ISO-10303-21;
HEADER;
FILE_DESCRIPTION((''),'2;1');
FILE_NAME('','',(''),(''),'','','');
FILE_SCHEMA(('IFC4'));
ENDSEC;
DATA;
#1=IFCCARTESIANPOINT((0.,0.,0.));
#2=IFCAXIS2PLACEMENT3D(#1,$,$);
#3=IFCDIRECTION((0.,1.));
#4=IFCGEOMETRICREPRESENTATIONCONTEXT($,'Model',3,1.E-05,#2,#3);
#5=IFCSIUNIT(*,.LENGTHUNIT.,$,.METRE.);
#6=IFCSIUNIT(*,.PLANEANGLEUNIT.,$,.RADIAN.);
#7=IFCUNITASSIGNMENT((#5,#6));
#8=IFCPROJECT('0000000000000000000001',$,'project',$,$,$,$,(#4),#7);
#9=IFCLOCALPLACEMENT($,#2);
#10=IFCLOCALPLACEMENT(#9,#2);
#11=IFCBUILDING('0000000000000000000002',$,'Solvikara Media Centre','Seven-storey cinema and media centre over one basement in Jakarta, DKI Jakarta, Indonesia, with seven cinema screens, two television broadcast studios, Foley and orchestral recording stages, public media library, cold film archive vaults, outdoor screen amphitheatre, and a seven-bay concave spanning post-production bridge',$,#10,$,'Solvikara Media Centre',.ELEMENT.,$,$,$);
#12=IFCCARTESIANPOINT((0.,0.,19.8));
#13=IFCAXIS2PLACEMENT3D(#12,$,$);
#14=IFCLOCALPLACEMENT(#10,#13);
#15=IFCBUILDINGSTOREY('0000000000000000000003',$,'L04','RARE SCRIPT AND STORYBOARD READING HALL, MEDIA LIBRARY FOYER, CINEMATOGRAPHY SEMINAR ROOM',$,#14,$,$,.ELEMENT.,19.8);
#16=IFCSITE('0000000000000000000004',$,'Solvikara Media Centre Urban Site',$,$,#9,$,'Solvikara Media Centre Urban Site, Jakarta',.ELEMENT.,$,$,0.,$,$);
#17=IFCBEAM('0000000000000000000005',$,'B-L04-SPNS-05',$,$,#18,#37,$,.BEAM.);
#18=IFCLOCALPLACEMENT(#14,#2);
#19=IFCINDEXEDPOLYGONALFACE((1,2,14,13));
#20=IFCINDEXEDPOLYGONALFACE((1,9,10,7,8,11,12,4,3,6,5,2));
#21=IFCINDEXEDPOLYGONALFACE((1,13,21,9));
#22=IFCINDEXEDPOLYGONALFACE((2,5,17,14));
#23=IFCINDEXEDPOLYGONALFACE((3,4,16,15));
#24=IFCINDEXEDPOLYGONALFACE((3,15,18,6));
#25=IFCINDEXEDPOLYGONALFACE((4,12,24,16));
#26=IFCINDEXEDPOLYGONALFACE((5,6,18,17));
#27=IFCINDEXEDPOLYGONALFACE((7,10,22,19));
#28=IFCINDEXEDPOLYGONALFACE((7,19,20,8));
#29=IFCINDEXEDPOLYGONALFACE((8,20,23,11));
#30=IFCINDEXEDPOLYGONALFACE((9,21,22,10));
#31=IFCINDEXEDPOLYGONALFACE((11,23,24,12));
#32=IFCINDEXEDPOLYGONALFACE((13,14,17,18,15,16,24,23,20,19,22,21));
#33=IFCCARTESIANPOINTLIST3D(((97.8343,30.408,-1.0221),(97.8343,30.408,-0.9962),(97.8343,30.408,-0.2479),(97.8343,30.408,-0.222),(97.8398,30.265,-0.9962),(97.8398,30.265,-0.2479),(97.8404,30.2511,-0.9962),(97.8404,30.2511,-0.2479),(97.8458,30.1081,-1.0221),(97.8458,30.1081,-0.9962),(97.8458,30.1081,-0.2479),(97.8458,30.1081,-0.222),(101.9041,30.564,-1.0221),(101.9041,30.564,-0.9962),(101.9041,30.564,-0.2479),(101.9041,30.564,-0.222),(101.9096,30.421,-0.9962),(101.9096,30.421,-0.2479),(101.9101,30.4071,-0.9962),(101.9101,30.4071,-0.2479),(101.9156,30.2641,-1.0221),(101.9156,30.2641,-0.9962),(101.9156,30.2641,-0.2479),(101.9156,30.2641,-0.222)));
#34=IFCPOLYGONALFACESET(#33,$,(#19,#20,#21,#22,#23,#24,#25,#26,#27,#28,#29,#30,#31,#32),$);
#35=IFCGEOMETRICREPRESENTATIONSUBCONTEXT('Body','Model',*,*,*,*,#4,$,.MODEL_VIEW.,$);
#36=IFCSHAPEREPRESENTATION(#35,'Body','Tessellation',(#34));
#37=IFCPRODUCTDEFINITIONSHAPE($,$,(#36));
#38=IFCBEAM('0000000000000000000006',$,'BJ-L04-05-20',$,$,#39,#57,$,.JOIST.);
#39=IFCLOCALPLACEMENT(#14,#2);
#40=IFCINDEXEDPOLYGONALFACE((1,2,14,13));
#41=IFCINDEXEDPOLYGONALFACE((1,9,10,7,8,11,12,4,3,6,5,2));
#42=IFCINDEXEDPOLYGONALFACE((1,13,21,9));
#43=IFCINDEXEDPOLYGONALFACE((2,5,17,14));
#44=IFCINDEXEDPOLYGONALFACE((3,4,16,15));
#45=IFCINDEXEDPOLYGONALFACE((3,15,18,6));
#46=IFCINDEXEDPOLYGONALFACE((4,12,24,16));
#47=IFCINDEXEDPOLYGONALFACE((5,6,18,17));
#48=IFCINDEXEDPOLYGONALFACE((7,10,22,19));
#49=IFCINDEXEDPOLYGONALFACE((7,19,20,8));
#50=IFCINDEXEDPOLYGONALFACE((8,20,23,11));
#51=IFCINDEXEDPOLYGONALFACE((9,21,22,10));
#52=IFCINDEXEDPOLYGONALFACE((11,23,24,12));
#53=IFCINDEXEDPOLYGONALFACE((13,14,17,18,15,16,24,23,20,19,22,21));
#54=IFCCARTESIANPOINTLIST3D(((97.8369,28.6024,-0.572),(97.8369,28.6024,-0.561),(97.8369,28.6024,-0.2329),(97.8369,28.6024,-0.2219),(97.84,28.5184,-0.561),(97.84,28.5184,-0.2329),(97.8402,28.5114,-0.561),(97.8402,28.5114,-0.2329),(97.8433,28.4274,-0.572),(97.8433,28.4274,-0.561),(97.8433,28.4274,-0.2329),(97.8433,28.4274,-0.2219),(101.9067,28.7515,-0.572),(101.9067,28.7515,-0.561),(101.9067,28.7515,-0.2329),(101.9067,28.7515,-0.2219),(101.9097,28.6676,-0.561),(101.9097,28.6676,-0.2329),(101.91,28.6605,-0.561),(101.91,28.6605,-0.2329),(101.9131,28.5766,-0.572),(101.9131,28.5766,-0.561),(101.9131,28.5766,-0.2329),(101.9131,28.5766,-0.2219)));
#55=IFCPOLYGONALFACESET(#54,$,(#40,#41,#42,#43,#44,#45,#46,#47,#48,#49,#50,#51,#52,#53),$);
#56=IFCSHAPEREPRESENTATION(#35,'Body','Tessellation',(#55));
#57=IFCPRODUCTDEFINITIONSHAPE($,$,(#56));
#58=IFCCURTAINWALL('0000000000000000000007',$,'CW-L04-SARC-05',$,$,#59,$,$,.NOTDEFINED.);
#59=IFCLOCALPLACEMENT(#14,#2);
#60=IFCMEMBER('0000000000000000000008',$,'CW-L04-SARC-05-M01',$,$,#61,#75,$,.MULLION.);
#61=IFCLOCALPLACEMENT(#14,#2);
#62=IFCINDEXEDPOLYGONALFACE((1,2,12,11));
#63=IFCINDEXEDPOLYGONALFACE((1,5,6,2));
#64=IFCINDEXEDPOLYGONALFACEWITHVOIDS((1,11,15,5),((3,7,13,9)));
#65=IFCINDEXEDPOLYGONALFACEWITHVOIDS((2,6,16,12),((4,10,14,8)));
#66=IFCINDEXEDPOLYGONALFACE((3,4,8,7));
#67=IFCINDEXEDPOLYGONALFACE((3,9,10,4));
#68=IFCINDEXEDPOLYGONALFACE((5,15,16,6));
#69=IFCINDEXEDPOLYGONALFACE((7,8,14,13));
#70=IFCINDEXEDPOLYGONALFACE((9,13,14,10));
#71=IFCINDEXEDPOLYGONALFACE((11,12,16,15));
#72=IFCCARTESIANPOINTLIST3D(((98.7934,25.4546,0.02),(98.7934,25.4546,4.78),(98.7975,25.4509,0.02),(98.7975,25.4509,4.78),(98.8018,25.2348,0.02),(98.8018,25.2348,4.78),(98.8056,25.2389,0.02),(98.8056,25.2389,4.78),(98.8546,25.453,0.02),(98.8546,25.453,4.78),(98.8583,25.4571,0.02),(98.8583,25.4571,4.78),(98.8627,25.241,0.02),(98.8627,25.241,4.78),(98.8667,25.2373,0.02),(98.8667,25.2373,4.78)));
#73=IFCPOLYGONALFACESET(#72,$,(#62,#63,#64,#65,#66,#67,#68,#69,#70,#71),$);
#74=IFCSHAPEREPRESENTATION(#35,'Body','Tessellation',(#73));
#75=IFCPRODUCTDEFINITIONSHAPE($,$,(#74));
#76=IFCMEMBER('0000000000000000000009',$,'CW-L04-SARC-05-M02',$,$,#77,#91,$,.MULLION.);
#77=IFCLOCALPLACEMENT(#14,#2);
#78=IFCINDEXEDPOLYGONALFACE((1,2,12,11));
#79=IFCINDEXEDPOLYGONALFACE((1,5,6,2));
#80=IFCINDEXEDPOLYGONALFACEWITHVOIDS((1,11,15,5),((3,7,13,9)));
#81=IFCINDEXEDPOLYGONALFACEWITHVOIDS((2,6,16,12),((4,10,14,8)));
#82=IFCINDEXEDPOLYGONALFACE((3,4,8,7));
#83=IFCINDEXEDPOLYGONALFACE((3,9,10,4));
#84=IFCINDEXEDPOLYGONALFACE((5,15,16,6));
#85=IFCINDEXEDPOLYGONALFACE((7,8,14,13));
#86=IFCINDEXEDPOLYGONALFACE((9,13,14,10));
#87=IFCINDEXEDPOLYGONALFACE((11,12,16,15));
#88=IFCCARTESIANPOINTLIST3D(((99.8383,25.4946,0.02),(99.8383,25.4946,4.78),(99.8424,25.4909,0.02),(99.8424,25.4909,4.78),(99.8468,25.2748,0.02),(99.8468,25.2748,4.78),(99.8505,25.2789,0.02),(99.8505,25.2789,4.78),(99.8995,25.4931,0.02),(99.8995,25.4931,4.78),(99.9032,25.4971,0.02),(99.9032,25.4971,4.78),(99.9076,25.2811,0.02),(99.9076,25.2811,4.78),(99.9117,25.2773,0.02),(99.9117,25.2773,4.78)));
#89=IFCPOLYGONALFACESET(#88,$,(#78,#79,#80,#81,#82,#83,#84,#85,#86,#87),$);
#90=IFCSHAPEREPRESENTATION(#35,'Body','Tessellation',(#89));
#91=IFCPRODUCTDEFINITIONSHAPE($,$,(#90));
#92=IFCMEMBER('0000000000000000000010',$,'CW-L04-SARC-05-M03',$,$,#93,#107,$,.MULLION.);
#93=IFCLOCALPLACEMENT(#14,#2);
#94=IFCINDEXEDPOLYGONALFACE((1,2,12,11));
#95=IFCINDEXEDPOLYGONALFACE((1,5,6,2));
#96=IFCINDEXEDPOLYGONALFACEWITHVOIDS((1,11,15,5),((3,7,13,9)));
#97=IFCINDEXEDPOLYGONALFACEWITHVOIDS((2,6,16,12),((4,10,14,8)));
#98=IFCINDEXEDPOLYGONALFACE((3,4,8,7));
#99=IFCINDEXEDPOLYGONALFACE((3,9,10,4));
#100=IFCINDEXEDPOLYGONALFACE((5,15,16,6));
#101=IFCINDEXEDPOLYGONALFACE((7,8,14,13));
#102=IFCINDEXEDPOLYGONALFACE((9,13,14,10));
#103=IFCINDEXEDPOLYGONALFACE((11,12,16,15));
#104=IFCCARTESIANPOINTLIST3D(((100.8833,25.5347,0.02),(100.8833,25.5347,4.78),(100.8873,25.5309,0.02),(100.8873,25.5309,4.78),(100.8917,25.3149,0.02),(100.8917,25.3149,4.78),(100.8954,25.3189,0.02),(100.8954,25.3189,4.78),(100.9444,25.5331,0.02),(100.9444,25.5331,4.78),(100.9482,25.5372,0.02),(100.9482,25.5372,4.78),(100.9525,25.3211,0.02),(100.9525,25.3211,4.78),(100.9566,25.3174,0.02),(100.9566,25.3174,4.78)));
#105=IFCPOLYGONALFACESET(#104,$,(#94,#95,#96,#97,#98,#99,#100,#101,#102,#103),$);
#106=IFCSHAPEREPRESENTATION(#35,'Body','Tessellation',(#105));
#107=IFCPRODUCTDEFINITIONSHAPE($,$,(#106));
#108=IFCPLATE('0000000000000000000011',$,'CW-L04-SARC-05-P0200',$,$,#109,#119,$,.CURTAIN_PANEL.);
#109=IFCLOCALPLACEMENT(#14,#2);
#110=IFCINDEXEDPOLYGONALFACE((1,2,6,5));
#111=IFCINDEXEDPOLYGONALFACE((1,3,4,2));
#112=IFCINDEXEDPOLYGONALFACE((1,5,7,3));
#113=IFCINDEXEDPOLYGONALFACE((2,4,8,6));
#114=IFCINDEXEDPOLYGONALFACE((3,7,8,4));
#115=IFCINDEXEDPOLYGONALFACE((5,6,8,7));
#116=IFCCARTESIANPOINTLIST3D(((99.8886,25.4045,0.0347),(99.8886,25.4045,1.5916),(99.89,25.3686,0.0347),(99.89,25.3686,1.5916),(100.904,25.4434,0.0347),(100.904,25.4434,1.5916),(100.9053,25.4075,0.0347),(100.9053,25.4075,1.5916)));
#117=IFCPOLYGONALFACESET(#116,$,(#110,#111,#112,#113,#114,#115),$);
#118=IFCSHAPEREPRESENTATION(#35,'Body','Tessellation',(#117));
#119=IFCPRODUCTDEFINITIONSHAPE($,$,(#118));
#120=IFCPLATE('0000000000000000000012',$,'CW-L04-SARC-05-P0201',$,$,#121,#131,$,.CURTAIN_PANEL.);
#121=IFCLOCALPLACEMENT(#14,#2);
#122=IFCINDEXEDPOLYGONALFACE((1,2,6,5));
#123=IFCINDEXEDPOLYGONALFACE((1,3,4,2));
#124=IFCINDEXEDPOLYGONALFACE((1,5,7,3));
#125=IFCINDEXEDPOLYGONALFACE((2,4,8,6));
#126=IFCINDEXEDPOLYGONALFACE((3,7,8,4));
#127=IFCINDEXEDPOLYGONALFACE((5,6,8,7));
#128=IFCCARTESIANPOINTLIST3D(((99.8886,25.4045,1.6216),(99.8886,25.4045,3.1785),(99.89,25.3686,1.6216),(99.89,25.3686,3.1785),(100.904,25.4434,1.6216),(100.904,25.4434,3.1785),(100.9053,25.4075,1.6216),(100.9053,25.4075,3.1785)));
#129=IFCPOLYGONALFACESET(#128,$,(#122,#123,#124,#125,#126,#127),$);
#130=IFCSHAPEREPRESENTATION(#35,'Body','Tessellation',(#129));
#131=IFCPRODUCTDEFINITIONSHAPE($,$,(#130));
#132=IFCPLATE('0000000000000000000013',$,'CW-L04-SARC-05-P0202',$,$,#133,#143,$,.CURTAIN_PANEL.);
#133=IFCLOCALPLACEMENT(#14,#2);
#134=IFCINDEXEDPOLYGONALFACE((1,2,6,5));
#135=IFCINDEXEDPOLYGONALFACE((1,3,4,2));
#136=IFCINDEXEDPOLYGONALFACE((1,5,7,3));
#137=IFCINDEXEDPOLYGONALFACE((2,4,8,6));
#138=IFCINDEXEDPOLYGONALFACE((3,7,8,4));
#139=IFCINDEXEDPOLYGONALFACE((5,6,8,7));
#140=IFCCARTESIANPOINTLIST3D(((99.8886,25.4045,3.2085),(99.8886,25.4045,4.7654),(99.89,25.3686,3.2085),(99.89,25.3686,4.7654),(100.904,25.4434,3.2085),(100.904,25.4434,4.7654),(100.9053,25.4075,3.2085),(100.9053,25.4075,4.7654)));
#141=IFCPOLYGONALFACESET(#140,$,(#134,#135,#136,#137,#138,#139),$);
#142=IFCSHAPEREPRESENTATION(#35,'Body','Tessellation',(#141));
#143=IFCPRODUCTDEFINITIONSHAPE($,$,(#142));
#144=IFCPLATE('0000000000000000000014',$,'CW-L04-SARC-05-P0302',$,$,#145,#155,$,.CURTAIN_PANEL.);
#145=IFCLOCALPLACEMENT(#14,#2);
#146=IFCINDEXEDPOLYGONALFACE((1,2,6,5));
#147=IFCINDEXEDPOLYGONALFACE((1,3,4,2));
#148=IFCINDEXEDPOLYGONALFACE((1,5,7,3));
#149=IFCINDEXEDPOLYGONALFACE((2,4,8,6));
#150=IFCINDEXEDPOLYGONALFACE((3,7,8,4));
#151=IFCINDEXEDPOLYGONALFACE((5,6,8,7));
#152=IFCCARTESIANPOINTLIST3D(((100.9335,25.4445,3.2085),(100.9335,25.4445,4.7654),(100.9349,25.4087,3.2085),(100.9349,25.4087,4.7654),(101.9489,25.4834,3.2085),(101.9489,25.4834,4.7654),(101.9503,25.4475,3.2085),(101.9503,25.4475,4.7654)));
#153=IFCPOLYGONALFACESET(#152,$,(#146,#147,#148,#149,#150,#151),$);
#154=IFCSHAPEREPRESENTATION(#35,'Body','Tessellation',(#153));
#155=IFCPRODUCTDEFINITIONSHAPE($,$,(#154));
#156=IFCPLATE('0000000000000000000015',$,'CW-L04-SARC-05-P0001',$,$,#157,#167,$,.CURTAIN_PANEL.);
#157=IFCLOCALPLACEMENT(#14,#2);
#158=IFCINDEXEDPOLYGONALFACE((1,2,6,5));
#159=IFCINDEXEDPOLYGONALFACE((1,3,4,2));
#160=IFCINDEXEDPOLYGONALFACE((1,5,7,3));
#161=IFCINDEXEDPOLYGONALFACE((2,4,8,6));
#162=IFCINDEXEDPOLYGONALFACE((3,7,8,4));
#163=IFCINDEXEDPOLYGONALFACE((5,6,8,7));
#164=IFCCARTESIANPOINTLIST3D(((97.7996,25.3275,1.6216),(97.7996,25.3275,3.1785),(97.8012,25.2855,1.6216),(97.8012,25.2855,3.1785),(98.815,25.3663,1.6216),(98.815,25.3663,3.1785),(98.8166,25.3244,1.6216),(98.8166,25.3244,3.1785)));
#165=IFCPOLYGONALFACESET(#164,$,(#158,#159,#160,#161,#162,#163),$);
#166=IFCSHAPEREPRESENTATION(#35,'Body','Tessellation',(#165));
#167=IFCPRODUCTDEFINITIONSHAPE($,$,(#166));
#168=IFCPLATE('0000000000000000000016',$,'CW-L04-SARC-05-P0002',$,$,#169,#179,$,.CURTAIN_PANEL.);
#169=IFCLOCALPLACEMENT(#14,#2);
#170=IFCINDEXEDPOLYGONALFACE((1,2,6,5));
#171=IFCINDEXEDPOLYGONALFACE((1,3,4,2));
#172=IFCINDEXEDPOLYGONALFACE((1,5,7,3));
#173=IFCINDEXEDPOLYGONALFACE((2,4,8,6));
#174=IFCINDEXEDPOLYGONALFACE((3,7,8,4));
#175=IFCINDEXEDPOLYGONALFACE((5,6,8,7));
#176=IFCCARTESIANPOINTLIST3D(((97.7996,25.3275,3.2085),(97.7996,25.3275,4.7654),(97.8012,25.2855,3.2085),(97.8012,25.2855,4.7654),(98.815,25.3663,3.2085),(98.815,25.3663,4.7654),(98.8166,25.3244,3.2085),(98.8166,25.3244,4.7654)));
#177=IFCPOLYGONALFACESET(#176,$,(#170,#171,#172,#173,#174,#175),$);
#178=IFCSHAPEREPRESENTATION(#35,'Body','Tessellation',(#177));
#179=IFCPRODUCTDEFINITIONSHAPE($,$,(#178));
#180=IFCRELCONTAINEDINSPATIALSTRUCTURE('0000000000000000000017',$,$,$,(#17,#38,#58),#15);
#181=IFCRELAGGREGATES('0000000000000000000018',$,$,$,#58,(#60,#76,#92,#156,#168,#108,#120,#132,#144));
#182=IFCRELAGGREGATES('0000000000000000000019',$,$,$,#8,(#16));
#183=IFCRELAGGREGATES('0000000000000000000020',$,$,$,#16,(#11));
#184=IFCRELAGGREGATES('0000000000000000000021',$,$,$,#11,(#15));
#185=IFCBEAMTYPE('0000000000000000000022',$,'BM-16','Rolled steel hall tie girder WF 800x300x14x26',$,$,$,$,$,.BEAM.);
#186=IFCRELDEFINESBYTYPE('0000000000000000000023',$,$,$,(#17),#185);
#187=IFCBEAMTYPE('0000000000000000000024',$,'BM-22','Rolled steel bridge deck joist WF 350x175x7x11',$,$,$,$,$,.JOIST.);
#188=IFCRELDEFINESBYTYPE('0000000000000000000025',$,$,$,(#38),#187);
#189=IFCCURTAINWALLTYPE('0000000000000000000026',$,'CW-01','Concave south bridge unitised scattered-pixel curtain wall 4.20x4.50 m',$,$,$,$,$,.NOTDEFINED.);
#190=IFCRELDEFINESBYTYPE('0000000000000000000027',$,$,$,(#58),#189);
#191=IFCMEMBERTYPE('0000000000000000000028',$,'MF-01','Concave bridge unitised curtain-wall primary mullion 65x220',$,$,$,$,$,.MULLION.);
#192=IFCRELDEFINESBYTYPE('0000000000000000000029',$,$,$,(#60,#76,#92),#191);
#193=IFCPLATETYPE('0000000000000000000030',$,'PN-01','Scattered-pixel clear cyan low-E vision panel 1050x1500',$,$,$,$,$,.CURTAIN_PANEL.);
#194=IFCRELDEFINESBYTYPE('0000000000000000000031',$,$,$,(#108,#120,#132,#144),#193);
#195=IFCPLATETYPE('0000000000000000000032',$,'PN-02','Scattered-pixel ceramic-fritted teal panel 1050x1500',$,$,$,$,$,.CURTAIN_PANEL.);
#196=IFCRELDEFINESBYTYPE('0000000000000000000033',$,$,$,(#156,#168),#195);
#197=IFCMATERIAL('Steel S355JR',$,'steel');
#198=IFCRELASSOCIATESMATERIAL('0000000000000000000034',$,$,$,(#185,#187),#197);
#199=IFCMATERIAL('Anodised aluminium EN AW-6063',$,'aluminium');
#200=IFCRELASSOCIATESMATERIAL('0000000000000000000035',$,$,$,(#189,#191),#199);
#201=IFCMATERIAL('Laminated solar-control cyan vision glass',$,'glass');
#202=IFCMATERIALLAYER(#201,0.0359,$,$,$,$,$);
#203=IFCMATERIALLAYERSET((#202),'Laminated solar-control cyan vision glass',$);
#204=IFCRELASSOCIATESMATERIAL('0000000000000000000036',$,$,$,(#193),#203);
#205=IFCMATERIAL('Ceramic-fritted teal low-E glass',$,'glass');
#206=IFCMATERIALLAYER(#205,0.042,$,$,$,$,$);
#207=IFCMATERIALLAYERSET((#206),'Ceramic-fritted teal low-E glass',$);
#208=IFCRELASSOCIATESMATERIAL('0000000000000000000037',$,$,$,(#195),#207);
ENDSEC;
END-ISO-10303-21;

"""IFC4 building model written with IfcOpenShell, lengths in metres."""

from ifc_helpers import new_model, si_unit, direction, frame, origin, origin_2d, place, context, subcontext, project, spatial, rectangle, hollow_rectangle, i_section, extrude, material, layer, layer_set, material_profile, profile_set, type_object, element, aggregate, save


model = new_model("IFC4")

# Units and contexts
model_context = context("Model", 3, precision=1e-05, world=origin(), true_north=direction((0.0, 1.0)))
body_context = subcontext(model_context, "Body", "Model", "MODEL_VIEW")
ifc_project = project(units=[si_unit("LENGTHUNIT", "METRE"), si_unit("PLANEANGLEUNIT", "RADIAN")], contexts=[model_context])

# Site, building, storey
site_placement = place(None, origin())
site = spatial("IfcSite", under=ifc_project, at=site_placement, Name="Solvikara Media Centre Urban Site", LongName="Solvikara Media Centre Urban Site, Jakarta", CompositionType="ELEMENT", RefElevation=0.0)
building_placement = place(site_placement, origin())
building = spatial("IfcBuilding", under=site, at=building_placement, Name="Solvikara Media Centre", Description="Seven-storey cinema and media centre over one basement in Jakarta, DKI Jakarta, Indonesia, with seven cinema screens, two television broadcast studios, Foley and orchestral recording stages, public media library, cold film archive vaults, outdoor screen amphitheatre, and a seven-bay concave spanning post-production bridge", LongName="Solvikara Media Centre", CompositionType="ELEMENT")
storey_placement = place(building_placement, frame((0.0, 0.0, 19.8)))
storey = spatial("IfcBuildingStorey", under=building, at=storey_placement, Name="L04", Description="RARE SCRIPT AND STORYBOARD READING HALL, MEDIA LIBRARY FOYER, CINEMATOGRAPHY SEMINAR ROOM", CompositionType="ELEMENT", Elevation=19.8)

# Beams
ifc_material_1 = material(Name="Steel S355JR", Category="steel")
ifc_material_profile_1 = material_profile(ifc_material_1, i_section(OverallWidth=0.3, OverallDepth=0.8, WebThickness=0.0139, FlangeThickness=0.0259, at=origin_2d()), Name="WF 800x300x14x26")
ifc_profile_set_1 = profile_set([ifc_material_profile_1], Name="Steel S355JR")
beam_type_1 = type_object("IfcBeamType", Name="BM-16", Description="Rolled steel hall tie girder WF 800x300x14x26", PredefinedType="BEAM", material=ifc_profile_set_1)
beam_1_placement = place(storey_placement, frame((97.8401, 30.2581, -0.6221), z_axis=(0.999266, 0.038304, 0.0), x_axis=(-0.038304, 0.999266, 0.0)))
element("IfcBeam", 1, at=beam_1_placement, inside=storey, type_object=beam_type_1, Name="B-L04-SPNS-05", PredefinedType="BEAM", context=body_context, shape_type="SweptSolid", body=[
    extrude(i_section(OverallWidth=0.3, OverallDepth=0.8, WebThickness=0.0139, FlangeThickness=0.0259, at=origin_2d()), origin(), (0.0, 0.0, 1.0), 4.0728),
])
ifc_material_profile_2 = material_profile(ifc_material_1, i_section(OverallWidth=0.175, OverallDepth=0.3501, WebThickness=0.0071, FlangeThickness=0.011, at=origin_2d()), Name="WF 350x175x7x11")
ifc_profile_set_2 = profile_set([ifc_material_profile_2], Name="Steel S355JR")
beam_type_2 = type_object("IfcBeamType", Name="BM-22", Description="Rolled steel bridge deck joist WF 350x175x7x11", PredefinedType="JOIST", material=ifc_profile_set_2)
beam_2_placement = place(storey_placement, frame((97.8401, 28.5149, -0.397), z_axis=(0.999329, 0.036628, 0.0), x_axis=(-0.036628, 0.999329, 0.0)))
element("IfcBeam", 2, at=beam_2_placement, inside=storey, type_object=beam_type_2, Name="BJ-L04-05-20", PredefinedType="JOIST", context=body_context, shape_type="SweptSolid", body=[
    extrude(i_section(OverallWidth=0.175, OverallDepth=0.3501, WebThickness=0.0071, FlangeThickness=0.011, at=origin_2d()), origin(), (0.0, 0.0, 1.0), 4.0725),
])

# Curtain wall, members, plates
ifc_material_2 = material(Name="Anodised aluminium EN AW-6063", Category="aluminium")
curtain_wall_type = type_object("IfcCurtainWallType", Name="CW-01", Description="Concave south bridge unitised scattered-pixel curtain wall 4.20x4.50 m", PredefinedType="NOTDEFINED", material=ifc_material_2)
curtain_wall_placement = place(storey_placement, origin())
curtain_wall = element("IfcCurtainWall", 3, at=curtain_wall_placement, inside=storey, type_object=curtain_wall_type, Name="CW-L04-SARC-05", PredefinedType="NOTDEFINED")
ifc_material_profile_3 = material_profile(ifc_material_2, hollow_rectangle(XDim=0.0649, YDim=0.22, WallThickness=0.0039, at=origin_2d()), Name="ALU-M 65x220x4")
ifc_profile_set_3 = profile_set([ifc_material_profile_3], Name="Anodised aluminium EN AW-6063")
member_type = type_object("IfcMemberType", Name="MF-01", Description="Concave bridge unitised curtain-wall primary mullion 65x220", PredefinedType="MULLION", material=ifc_profile_set_3)
member_1_placement = place(storey_placement, frame((98.8301, 25.3459, 0.02), z_axis=(0.0, 0.0, 1.0), x_axis=(0.999268, 0.038248, 0.0)))
member_1 = element("IfcMember", 4, at=member_1_placement, type_object=member_type, Name="CW-L04-SARC-05-M01", PredefinedType="MULLION", context=body_context, shape_type="SweptSolid", body=[
    extrude(hollow_rectangle(XDim=0.0649, YDim=0.22, WallThickness=0.0039, at=origin_2d()), origin(), (0.0, 0.0, 1.0), 4.76),
])
member_2_placement = place(storey_placement, frame((99.875, 25.386, 0.02), z_axis=(0.0, 0.0, 1.0), x_axis=(0.999268, 0.038248, 0.0)))
member_2 = element("IfcMember", 5, at=member_2_placement, type_object=member_type, Name="CW-L04-SARC-05-M02", PredefinedType="MULLION", context=body_context, shape_type="SweptSolid", body=[
    extrude(hollow_rectangle(XDim=0.0649, YDim=0.22, WallThickness=0.0039, at=origin_2d()), origin(), (0.0, 0.0, 1.0), 4.76),
])
member_3_placement = place(storey_placement, frame((100.9199, 25.426, 0.02), z_axis=(0.0, 0.0, 1.0), x_axis=(0.999268, 0.038248, 0.0)))
member_3 = element("IfcMember", 6, at=member_3_placement, type_object=member_type, Name="CW-L04-SARC-05-M03", PredefinedType="MULLION", context=body_context, shape_type="SweptSolid", body=[
    extrude(hollow_rectangle(XDim=0.0649, YDim=0.22, WallThickness=0.0039, at=origin_2d()), origin(), (0.0, 0.0, 1.0), 4.76),
])
ifc_material_3 = material(Name="Laminated solar-control cyan vision glass", Category="glass")
ifc_layer_1 = layer(ifc_material_3, 0.0359)
ifc_layer_set_1 = layer_set([ifc_layer_1], Name="Laminated solar-control cyan vision glass")
plate_type_1 = type_object("IfcPlateType", Name="PN-01", Description="Scattered-pixel clear cyan low-E vision panel 1050x1500", PredefinedType="CURTAIN_PANEL", material=ifc_layer_set_1)
plate_1_placement = place(storey_placement, frame((100.397, 25.406, 0.0347), z_axis=(0.0, 0.0, 1.0), x_axis=(0.999268, 0.038248, 0.0)))
plate_1 = element("IfcPlate", 7, at=plate_1_placement, type_object=plate_type_1, Name="CW-L04-SARC-05-P0200", PredefinedType="CURTAIN_PANEL", context=body_context, shape_type="SweptSolid", body=[
    extrude(rectangle(XDim=1.0161, YDim=0.0359, at=origin_2d()), origin(), (0.0, 0.0, 1.0), 1.5569),
])
plate_2_placement = place(storey_placement, frame((100.397, 25.406, 1.6216), z_axis=(0.0, 0.0, 1.0), x_axis=(0.999268, 0.038248, 0.0)))
plate_2 = element("IfcPlate", 8, at=plate_2_placement, type_object=plate_type_1, Name="CW-L04-SARC-05-P0201", PredefinedType="CURTAIN_PANEL", context=body_context, shape_type="SweptSolid", body=[
    extrude(rectangle(XDim=1.0161, YDim=0.0359, at=origin_2d()), origin(), (0.0, 0.0, 1.0), 1.5569),
])
plate_3_placement = place(storey_placement, frame((100.397, 25.406, 3.2085), z_axis=(0.0, 0.0, 1.0), x_axis=(0.999268, 0.038248, 0.0)))
plate_3 = element("IfcPlate", 9, at=plate_3_placement, type_object=plate_type_1, Name="CW-L04-SARC-05-P0202", PredefinedType="CURTAIN_PANEL", context=body_context, shape_type="SweptSolid", body=[
    extrude(rectangle(XDim=1.0161, YDim=0.0359, at=origin_2d()), origin(), (0.0, 0.0, 1.0), 1.5569),
])
plate_4_placement = place(storey_placement, frame((101.4419, 25.446, 3.2085), z_axis=(0.0, 0.0, 1.0), x_axis=(0.999268, 0.038248, 0.0)))
plate_4 = element("IfcPlate", 10, at=plate_4_placement, type_object=plate_type_1, Name="CW-L04-SARC-05-P0302", PredefinedType="CURTAIN_PANEL", context=body_context, shape_type="SweptSolid", body=[
    extrude(rectangle(XDim=1.0161, YDim=0.0359, at=origin_2d()), origin(), (0.0, 0.0, 1.0), 1.5569),
])
ifc_material_4 = material(Name="Ceramic-fritted teal low-E glass", Category="glass")
ifc_layer_2 = layer(ifc_material_4, 0.042)
ifc_layer_set_2 = layer_set([ifc_layer_2], Name="Ceramic-fritted teal low-E glass")
plate_type_2 = type_object("IfcPlateType", Name="PN-02", Description="Scattered-pixel ceramic-fritted teal panel 1050x1500", PredefinedType="CURTAIN_PANEL", material=ifc_layer_set_2)
plate_5_placement = place(storey_placement, frame((98.3081, 25.3259, 1.6216), z_axis=(0.0, 0.0, 1.0), x_axis=(0.999268, 0.038248, 0.0)))
plate_5 = element("IfcPlate", 11, at=plate_5_placement, type_object=plate_type_2, Name="CW-L04-SARC-05-P0001", PredefinedType="CURTAIN_PANEL", context=body_context, shape_type="SweptSolid", body=[
    extrude(rectangle(XDim=1.0161, YDim=0.042, at=origin_2d()), origin(), (0.0, 0.0, 1.0), 1.5569),
])
plate_6_placement = place(storey_placement, frame((98.3081, 25.3259, 3.2085), z_axis=(0.0, 0.0, 1.0), x_axis=(0.999268, 0.038248, 0.0)))
plate_6 = element("IfcPlate", 12, at=plate_6_placement, type_object=plate_type_2, Name="CW-L04-SARC-05-P0002", PredefinedType="CURTAIN_PANEL", context=body_context, shape_type="SweptSolid", body=[
    extrude(rectangle(XDim=1.0161, YDim=0.042, at=origin_2d()), origin(), (0.0, 0.0, 1.0), 1.5569),
])
aggregate(curtain_wall, [member_1, member_2, member_3, plate_5, plate_6, plate_1, plate_2, plate_3, plate_4])

save(model, "model.ifc")
